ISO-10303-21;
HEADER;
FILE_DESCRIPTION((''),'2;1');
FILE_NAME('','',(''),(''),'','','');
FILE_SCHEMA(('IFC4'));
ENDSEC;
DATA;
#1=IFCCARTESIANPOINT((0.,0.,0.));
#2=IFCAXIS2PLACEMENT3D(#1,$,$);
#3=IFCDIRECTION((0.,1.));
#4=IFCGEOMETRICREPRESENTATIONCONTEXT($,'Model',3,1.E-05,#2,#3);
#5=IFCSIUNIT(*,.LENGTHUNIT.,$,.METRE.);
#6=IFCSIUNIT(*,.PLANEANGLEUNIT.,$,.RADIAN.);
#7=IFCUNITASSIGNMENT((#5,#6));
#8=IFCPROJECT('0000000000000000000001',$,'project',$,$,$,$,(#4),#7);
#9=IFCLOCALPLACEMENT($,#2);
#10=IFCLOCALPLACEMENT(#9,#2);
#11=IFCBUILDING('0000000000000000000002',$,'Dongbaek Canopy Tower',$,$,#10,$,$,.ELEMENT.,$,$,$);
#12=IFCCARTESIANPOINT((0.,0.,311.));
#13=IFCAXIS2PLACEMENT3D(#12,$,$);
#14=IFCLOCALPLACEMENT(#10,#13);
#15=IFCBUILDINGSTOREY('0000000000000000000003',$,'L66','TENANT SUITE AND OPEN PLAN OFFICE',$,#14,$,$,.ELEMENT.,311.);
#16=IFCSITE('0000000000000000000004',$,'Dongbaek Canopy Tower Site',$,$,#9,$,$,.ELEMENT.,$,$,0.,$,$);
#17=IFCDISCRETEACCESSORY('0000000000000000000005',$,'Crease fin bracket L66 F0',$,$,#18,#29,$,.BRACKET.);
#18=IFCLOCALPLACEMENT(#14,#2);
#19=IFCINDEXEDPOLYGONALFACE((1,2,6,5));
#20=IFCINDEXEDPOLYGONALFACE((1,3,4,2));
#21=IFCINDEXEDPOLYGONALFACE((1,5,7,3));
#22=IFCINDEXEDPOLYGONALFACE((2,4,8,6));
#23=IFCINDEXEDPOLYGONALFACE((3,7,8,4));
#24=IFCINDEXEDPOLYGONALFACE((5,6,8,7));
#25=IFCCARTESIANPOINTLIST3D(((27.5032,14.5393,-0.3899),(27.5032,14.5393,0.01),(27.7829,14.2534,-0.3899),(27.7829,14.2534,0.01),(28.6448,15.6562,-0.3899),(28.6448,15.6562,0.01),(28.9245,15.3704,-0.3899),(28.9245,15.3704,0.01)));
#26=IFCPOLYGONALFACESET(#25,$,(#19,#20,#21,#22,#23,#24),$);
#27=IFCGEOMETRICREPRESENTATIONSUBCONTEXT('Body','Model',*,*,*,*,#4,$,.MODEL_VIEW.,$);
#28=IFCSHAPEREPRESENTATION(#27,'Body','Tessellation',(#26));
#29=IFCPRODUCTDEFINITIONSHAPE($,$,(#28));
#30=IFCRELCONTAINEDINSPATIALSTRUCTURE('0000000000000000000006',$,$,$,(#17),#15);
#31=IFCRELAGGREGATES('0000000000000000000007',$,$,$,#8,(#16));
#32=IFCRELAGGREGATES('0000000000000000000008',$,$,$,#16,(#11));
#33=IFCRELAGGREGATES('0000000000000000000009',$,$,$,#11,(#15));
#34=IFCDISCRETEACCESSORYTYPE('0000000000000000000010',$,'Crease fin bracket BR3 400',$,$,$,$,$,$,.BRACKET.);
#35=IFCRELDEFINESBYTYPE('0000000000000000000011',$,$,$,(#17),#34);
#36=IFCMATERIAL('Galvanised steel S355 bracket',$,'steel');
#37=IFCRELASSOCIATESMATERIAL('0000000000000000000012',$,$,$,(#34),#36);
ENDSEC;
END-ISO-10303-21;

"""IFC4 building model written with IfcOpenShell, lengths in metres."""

from ifc_helpers import new_model, si_unit, direction, frame, origin, origin_2d, place, context, subcontext, project, spatial, rectangle, extrude, material, type_object, element, save


model = new_model("IFC4")

# Units and contexts
model_context = context("Model", 3, precision=1e-05, world=origin(), true_north=direction((0.0, 1.0)))
body_context = subcontext(model_context, "Body", "Model", "MODEL_VIEW")
ifc_project = project(units=[si_unit("LENGTHUNIT", "METRE"), si_unit("PLANEANGLEUNIT", "RADIAN")], contexts=[model_context])

# Site, building, storey
site_placement = place(None, origin())
site = spatial("IfcSite", under=ifc_project, at=site_placement, Name="Dongbaek Canopy Tower Site", CompositionType="ELEMENT", RefElevation=0.0)
building_placement = place(site_placement, origin())
building = spatial("IfcBuilding", under=site, at=building_placement, Name="Dongbaek Canopy Tower", CompositionType="ELEMENT")
storey_placement = place(building_placement, frame((0.0, 0.0, 311.0)))
storey = spatial("IfcBuildingStorey", under=building, at=storey_placement, Name="L66", Description="TENANT SUITE AND OPEN PLAN OFFICE", CompositionType="ELEMENT", Elevation=311.0)

# Discrete accessory
ifc_material_1 = material(Name="Galvanised steel S355 bracket", Category="steel")
discrete_accessory_type = type_object("IfcDiscreteAccessoryType", Name="Crease fin bracket BR3 400", PredefinedType="BRACKET", material=ifc_material_1)
discrete_accessory_placement = place(storey_placement, frame((28.2139, 14.9548, -0.3899), z_axis=(0.0, 0.0, 1.0), x_axis=(0.71478, 0.699349, 0.0)))
element("IfcDiscreteAccessory", 1, at=discrete_accessory_placement, inside=storey, type_object=discrete_accessory_type, Name="Crease fin bracket L66 F0", PredefinedType="BRACKET", context=body_context, shape_type="SweptSolid", body=[
    extrude(rectangle(XDim=1.5972, YDim=0.3999, at=origin_2d()), origin(), (0.0, 0.0, 1.0), 0.3999),
])

save(model, "model.ifc")
